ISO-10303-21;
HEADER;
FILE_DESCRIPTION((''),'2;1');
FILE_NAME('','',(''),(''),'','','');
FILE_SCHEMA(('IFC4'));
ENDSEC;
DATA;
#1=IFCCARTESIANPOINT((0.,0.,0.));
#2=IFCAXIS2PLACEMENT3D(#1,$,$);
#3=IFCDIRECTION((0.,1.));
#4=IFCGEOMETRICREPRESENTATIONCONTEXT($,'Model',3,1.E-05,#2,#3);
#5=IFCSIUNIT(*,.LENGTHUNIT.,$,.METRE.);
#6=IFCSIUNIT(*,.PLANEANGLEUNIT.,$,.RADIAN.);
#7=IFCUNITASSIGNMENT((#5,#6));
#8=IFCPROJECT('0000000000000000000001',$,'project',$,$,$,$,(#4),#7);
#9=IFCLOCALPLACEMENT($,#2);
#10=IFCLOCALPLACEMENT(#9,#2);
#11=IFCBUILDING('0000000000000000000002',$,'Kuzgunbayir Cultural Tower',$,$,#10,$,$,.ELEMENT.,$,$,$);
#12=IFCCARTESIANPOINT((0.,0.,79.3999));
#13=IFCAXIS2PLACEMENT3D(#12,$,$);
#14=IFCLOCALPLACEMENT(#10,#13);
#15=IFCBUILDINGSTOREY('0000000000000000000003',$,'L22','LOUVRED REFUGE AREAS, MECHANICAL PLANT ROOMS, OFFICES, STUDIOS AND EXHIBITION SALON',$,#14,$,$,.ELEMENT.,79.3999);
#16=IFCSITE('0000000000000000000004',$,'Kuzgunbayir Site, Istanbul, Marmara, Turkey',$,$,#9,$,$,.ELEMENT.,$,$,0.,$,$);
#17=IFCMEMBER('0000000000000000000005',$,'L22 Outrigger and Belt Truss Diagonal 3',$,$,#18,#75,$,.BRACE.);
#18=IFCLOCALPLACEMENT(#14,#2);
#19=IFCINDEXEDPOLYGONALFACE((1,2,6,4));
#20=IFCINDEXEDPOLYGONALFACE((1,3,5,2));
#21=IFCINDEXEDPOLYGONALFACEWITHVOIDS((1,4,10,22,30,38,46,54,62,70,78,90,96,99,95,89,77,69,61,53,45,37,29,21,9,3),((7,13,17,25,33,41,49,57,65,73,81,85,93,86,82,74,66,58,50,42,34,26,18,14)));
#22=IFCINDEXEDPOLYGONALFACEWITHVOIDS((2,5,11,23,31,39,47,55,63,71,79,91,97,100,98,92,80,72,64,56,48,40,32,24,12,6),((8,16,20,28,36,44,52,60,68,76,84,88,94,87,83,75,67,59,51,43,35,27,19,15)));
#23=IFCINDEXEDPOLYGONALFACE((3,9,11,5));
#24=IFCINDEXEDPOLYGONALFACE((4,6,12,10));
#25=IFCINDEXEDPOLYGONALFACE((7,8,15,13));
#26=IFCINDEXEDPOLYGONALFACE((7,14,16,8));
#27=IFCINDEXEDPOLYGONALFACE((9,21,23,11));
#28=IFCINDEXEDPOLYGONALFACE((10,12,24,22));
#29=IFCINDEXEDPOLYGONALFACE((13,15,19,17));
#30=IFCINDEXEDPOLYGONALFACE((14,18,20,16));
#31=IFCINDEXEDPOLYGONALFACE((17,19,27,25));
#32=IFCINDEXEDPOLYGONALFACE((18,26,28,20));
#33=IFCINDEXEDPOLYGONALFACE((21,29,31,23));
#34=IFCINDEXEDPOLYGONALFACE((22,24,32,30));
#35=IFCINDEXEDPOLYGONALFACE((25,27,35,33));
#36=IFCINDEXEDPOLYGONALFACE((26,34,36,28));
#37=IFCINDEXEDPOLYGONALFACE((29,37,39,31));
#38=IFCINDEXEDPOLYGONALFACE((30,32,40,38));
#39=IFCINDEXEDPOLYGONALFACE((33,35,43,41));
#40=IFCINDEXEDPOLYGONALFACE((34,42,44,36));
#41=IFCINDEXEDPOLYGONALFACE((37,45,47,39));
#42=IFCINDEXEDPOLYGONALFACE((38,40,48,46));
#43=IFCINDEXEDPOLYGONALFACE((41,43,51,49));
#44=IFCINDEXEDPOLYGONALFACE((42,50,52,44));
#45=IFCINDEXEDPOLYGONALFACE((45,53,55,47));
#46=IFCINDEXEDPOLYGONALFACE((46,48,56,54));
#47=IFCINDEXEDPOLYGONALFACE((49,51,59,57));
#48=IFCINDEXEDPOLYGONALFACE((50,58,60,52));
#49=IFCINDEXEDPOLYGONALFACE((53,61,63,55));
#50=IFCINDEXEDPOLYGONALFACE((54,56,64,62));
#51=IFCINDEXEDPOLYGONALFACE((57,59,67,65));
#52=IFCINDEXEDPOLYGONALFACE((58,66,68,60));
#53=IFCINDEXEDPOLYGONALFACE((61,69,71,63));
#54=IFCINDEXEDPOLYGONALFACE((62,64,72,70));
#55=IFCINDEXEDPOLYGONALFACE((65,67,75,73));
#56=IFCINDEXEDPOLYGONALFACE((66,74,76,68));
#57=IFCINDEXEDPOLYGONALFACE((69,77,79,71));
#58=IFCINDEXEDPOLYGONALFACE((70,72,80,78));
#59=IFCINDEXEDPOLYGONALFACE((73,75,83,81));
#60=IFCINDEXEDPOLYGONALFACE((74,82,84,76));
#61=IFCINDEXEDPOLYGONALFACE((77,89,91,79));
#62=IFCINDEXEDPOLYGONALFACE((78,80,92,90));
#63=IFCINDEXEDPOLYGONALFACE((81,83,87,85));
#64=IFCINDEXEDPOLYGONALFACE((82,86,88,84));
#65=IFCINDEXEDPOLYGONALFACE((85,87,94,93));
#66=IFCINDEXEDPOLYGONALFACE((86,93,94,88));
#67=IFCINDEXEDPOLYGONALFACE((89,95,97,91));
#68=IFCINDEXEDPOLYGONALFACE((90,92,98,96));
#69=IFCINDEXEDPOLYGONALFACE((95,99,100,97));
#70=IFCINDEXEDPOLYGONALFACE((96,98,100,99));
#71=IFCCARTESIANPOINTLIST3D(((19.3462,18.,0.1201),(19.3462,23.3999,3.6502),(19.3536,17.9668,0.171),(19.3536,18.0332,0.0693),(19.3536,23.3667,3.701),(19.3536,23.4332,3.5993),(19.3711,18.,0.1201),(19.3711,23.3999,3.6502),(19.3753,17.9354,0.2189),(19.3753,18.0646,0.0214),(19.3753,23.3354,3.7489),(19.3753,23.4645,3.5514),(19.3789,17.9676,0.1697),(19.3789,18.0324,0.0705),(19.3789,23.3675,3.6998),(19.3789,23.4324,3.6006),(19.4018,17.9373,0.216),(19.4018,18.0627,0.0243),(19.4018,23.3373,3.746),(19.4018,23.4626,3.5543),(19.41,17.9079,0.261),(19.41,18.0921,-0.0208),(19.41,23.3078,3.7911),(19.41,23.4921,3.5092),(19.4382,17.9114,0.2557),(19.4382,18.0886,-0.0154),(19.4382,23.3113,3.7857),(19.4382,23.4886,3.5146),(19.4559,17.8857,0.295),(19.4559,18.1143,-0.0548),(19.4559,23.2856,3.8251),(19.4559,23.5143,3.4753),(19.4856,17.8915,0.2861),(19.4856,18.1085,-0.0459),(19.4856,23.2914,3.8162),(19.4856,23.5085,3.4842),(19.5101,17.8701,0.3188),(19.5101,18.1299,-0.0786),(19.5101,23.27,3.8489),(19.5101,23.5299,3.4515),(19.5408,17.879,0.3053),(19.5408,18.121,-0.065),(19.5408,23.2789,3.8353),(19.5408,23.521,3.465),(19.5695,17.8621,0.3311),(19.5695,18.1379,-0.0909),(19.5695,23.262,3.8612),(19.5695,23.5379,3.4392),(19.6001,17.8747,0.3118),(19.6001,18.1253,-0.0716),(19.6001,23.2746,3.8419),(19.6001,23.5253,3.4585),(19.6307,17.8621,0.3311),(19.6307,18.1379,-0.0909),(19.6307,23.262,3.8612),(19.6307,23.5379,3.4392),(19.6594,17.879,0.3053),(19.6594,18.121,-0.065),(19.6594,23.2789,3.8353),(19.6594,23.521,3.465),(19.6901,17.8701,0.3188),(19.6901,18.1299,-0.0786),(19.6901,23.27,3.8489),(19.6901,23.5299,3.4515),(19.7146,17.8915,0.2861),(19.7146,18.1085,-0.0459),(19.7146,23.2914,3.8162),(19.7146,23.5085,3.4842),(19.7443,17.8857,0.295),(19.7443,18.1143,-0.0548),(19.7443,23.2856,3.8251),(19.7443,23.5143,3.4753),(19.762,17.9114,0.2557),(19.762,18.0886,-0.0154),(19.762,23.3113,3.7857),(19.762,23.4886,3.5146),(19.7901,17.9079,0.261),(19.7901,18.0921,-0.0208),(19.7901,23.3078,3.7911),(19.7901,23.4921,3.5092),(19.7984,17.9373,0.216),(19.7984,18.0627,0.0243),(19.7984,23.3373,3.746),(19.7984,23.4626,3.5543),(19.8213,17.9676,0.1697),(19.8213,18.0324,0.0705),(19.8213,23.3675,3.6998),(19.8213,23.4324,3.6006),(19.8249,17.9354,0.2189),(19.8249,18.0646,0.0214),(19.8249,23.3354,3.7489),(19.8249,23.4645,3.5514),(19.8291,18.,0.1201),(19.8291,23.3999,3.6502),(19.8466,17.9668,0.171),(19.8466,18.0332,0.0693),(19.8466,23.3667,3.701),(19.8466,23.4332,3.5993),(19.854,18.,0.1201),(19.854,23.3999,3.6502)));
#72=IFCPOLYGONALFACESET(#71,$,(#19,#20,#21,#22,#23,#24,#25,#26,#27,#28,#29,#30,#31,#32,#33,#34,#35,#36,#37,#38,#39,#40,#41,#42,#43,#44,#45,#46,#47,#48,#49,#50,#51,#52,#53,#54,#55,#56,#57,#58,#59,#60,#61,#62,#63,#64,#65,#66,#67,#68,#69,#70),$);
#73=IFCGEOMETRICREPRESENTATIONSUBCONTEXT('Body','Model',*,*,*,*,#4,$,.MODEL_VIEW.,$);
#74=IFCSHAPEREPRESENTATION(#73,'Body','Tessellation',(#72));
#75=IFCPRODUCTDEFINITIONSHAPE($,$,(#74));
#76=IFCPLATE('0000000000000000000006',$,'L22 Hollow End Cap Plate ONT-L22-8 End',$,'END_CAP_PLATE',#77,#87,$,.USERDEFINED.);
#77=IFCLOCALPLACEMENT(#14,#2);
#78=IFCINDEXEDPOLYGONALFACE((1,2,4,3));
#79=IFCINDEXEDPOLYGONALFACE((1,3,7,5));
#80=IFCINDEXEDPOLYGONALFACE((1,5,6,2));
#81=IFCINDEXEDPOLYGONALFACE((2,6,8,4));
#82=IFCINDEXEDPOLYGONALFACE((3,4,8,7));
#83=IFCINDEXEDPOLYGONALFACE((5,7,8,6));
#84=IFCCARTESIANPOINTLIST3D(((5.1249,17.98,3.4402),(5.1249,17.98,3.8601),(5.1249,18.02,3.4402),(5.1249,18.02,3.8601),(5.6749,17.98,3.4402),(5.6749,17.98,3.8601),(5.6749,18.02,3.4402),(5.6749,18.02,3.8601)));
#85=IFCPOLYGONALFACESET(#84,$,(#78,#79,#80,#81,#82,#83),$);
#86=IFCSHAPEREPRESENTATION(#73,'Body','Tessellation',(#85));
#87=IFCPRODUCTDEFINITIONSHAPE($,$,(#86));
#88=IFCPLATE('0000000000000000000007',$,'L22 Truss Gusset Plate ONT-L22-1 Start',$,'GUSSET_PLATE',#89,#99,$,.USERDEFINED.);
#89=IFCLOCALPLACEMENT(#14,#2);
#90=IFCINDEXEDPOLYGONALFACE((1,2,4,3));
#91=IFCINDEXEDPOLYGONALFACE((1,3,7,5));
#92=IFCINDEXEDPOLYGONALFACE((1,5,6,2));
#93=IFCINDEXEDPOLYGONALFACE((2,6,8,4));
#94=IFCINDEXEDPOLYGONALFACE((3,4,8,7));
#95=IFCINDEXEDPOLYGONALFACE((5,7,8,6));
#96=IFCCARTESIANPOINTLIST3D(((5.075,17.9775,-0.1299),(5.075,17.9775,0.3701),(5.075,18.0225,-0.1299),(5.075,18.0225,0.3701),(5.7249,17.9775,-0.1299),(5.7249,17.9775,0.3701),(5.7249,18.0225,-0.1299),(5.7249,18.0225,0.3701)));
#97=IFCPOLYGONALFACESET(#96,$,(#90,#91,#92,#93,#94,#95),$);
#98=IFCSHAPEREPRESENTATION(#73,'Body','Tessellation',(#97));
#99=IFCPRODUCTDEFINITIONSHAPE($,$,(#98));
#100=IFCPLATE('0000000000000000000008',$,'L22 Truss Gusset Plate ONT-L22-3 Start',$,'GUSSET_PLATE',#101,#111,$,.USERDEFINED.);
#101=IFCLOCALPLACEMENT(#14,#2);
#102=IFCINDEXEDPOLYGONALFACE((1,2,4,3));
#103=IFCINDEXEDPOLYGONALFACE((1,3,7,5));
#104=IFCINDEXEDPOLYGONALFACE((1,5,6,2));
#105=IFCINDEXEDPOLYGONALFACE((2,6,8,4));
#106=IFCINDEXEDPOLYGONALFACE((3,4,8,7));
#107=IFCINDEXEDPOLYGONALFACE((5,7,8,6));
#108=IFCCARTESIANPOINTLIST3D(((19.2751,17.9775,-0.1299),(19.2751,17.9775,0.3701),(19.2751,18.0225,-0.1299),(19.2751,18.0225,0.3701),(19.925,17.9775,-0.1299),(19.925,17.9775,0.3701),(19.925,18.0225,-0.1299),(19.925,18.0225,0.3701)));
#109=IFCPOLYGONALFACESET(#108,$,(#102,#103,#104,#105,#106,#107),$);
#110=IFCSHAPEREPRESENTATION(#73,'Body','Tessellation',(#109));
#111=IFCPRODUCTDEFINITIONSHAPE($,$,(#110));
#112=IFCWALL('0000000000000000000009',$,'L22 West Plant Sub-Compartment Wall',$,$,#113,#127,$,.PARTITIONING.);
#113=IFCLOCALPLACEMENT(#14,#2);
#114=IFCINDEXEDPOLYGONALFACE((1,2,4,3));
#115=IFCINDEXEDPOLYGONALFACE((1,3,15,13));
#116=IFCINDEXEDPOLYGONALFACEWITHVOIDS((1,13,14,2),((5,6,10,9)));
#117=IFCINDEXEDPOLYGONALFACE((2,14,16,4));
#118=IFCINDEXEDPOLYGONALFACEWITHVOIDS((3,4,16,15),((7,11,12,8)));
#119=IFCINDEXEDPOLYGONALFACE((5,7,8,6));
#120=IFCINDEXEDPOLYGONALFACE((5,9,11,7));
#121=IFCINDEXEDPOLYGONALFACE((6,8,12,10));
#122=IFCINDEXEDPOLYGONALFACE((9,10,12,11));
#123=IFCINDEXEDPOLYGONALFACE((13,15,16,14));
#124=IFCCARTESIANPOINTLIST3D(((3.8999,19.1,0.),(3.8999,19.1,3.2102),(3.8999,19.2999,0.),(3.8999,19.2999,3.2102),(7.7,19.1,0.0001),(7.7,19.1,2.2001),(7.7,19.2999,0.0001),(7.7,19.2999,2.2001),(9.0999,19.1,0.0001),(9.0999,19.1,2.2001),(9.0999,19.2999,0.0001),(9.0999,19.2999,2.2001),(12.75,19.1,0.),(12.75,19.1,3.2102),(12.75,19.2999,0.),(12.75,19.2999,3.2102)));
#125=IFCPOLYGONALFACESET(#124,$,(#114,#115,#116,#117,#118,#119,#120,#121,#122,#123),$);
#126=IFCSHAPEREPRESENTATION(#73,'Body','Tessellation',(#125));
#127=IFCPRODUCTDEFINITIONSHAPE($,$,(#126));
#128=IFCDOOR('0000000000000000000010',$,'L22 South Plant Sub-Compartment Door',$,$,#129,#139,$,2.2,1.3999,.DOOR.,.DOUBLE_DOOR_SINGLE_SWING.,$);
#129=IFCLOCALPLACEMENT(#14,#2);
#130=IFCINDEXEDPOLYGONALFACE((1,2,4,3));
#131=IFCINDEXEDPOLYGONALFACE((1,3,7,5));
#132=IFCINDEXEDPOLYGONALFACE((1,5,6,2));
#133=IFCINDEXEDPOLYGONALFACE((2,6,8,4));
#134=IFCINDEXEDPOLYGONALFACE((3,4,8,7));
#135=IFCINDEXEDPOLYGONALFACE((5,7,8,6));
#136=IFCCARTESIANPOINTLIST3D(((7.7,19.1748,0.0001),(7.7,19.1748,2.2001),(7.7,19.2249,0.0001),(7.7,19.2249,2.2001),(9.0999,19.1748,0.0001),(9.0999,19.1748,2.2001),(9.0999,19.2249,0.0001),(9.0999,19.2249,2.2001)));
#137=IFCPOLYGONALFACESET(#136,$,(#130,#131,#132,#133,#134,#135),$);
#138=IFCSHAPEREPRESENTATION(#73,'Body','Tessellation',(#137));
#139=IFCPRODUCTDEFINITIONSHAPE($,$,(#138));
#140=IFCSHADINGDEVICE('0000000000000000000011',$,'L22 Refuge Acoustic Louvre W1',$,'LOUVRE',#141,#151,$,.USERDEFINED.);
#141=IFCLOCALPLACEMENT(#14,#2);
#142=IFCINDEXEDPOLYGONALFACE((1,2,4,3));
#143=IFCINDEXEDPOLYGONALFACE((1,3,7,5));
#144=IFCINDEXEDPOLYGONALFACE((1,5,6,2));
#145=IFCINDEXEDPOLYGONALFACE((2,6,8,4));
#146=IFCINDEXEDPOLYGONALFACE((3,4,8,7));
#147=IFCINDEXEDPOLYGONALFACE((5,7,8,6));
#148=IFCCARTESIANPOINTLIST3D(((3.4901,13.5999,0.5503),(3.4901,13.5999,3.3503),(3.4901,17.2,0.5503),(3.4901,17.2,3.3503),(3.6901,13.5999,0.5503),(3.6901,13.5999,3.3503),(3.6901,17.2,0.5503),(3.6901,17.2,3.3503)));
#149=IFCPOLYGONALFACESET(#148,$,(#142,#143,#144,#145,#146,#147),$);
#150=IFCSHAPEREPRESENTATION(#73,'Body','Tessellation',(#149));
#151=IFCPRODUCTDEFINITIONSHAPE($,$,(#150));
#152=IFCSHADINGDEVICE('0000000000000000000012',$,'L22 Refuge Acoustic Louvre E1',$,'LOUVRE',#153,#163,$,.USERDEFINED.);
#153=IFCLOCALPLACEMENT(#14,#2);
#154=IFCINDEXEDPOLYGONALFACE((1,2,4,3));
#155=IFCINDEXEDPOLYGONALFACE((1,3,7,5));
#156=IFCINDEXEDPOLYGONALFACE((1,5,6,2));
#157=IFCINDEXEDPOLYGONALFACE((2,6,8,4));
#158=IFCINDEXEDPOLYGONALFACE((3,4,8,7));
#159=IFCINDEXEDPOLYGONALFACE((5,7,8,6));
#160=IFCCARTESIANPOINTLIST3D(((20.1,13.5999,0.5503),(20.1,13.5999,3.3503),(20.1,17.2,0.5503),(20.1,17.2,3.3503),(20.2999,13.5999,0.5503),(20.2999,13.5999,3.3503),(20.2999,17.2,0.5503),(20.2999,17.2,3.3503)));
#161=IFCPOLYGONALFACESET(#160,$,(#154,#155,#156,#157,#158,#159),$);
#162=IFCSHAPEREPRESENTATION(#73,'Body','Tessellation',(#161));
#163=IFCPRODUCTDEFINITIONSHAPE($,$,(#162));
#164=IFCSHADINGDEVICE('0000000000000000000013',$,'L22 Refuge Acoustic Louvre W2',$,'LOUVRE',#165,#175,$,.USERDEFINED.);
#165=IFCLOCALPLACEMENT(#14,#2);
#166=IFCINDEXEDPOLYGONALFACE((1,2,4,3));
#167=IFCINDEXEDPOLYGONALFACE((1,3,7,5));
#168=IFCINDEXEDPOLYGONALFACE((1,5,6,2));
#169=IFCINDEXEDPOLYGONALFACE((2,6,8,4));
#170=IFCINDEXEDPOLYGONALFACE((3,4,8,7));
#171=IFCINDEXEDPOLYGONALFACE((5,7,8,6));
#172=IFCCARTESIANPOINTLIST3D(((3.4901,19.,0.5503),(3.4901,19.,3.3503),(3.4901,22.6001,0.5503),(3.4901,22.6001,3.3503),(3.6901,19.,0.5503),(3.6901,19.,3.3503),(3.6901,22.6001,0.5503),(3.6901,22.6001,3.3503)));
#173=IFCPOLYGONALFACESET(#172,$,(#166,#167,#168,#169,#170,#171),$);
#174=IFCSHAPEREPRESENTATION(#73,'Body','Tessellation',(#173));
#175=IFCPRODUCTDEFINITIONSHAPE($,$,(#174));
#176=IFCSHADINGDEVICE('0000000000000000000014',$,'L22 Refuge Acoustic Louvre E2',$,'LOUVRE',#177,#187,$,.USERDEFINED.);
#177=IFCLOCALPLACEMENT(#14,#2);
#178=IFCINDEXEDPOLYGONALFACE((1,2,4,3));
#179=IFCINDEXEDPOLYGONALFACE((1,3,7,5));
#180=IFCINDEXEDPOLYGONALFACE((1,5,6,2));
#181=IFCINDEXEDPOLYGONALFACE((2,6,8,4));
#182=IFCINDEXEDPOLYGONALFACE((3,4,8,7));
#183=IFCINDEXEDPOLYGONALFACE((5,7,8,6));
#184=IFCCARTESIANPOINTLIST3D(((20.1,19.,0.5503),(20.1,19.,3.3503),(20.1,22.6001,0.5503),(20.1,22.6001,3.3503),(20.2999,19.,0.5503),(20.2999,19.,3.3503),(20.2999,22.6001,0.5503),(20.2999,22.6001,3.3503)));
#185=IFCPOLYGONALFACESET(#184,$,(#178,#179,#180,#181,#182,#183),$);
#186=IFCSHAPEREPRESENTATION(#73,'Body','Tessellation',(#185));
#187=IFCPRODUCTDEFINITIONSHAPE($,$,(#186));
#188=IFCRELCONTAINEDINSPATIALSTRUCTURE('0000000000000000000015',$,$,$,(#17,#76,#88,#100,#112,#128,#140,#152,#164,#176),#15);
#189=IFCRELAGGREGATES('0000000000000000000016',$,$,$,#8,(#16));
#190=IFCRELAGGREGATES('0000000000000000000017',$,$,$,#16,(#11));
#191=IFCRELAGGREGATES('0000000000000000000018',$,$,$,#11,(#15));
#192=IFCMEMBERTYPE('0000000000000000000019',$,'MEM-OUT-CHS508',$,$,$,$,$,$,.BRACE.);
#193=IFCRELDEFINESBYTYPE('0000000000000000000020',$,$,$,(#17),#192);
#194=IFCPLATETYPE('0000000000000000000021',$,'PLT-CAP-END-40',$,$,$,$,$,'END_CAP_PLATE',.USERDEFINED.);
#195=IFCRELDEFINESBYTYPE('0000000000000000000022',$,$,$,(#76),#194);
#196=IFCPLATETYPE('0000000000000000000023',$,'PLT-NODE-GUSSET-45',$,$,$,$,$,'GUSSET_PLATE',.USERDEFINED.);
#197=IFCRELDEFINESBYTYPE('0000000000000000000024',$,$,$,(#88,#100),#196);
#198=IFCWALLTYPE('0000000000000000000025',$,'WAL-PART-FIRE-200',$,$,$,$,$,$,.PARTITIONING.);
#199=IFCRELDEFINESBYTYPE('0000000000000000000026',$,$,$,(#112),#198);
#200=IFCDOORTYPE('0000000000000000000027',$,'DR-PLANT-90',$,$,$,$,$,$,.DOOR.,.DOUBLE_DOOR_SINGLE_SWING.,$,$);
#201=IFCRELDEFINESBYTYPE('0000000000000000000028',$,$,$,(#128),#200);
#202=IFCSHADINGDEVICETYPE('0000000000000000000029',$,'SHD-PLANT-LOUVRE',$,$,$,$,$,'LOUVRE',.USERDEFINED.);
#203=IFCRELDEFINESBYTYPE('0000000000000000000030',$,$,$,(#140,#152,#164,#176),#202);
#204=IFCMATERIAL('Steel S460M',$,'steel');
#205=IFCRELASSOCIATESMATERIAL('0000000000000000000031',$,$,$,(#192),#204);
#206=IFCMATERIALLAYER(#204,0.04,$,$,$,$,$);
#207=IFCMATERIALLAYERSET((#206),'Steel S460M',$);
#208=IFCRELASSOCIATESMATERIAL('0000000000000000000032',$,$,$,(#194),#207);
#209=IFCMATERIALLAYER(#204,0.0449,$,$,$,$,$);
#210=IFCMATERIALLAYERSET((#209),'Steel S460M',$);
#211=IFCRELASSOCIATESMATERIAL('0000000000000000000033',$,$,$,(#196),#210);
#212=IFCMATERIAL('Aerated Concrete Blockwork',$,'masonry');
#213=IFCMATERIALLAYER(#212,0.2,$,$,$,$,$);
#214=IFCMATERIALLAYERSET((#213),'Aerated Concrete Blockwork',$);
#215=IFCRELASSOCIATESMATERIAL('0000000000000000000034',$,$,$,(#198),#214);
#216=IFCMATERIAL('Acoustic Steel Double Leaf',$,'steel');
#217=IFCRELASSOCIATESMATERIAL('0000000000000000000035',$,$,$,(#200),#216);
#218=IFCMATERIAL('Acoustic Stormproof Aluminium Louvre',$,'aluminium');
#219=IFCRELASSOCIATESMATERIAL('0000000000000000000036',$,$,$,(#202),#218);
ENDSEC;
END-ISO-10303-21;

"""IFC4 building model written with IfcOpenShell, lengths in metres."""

from ifc_helpers import new_model, si_unit, direction, frame, frame_2d, origin, origin_2d, place, context, subcontext, project, spatial, rectangle, hollow_circle, extrude, material, layer, layer_set, material_profile, profile_set, type_object, element, fill, save


model = new_model("IFC4")

# Units and contexts
model_context = context("Model", 3, precision=1e-05, world=origin(), true_north=direction((0.0, 1.0)))
body_context = subcontext(model_context, "Body", "Model", "MODEL_VIEW")
ifc_project = project(units=[si_unit("LENGTHUNIT", "METRE"), si_unit("PLANEANGLEUNIT", "RADIAN")], contexts=[model_context])

# Site, building, storey
site_placement = place(None, origin())
site = spatial("IfcSite", under=ifc_project, at=site_placement, Name="Kuzgunbayir Site, Istanbul, Marmara, Turkey", CompositionType="ELEMENT", RefElevation=0.0)
building_placement = place(site_placement, origin())
building = spatial("IfcBuilding", under=site, at=building_placement, Name="Kuzgunbayir Cultural Tower", CompositionType="ELEMENT")
storey_placement = place(building_placement, frame((0.0, 0.0, 79.3999)))
storey = spatial("IfcBuildingStorey", under=building, at=storey_placement, Name="L22", Description="LOUVRED REFUGE AREAS, MECHANICAL PLANT ROOMS, OFFICES, STUDIOS AND EXHIBITION SALON", CompositionType="ELEMENT", Elevation=79.3999)

# Member
ifc_material_1 = material(Name="Steel S460M", Category="steel")
ifc_material_profile_1 = material_profile(ifc_material_1, hollow_circle(Radius=0.2539, WallThickness=0.0249, at=origin_2d()), Name="CHS 508x25")
ifc_profile_set_1 = profile_set([ifc_material_profile_1], Name="Steel S460M")
member_type = type_object("IfcMemberType", Name="MEM-OUT-CHS508", PredefinedType="BRACE", material=ifc_profile_set_1)
for number, where, z_axis, x_axis, name in (
    (1, (19.6001, 18.0, 0.1201), (0.0, 0.837018, 0.547176), (-1.0, 0.0, 0.0), "L22 Outrigger and Belt Truss Diagonal 3"),
):
    element("IfcMember", number, at=place(storey_placement, frame(where, z_axis=z_axis, x_axis=x_axis)), inside=storey, type_object=member_type, Name=name, PredefinedType="BRACE", context=body_context, shape_type="SweptSolid", body=[
        extrude(hollow_circle(Radius=0.2539, WallThickness=0.0249, at=origin_2d()), origin(), (0.0, 0.0, 1.0), 6.4514),
    ])

# Plates
ifc_layer_1 = layer(ifc_material_1, 0.04)
ifc_layer_set_1 = layer_set([ifc_layer_1], Name="Steel S460M")
plate_type_1 = type_object("IfcPlateType", Name="PLT-CAP-END-40", ElementType="END_CAP_PLATE", PredefinedType="USERDEFINED", material=ifc_layer_set_1)
plate_placement = place(storey_placement, frame((5.3999, 18.0, 3.4402), z_axis=(0.0, 0.0, 1.0), x_axis=(1.0, 0.0, 0.0)))
element("IfcPlate", 2, at=plate_placement, inside=storey, type_object=plate_type_1, Name="L22 Hollow End Cap Plate ONT-L22-8 End", ObjectType="END_CAP_PLATE", PredefinedType="USERDEFINED", context=body_context, shape_type="SweptSolid", body=[
    extrude(rectangle(XDim=0.55, YDim=0.04, at=origin_2d()), origin(), (0.0, 0.0, 1.0), 0.4199),
])
ifc_layer_2 = layer(ifc_material_1, 0.0449)
ifc_layer_set_2 = layer_set([ifc_layer_2], Name="Steel S460M")
plate_type_2 = type_object("IfcPlateType", Name="PLT-NODE-GUSSET-45", ElementType="GUSSET_PLATE", PredefinedType="USERDEFINED", material=ifc_layer_set_2)
for number, where, z_axis, x_axis, name in (
    (3, (5.3999, 18.0, -0.1299), (0.0, 0.0, 1.0), (1.0, 0.0, 0.0), "L22 Truss Gusset Plate ONT-L22-1 Start"),
    (4, (19.6001, 18.0, -0.1299), (0.0, 0.0, 1.0), (1.0, 0.0, 0.0), "L22 Truss Gusset Plate ONT-L22-3 Start"),
):
    element("IfcPlate", number, at=place(storey_placement, frame(where, z_axis=z_axis, x_axis=x_axis)), inside=storey, type_object=plate_type_2, Name=name, ObjectType="GUSSET_PLATE", PredefinedType="USERDEFINED", context=body_context, shape_type="SweptSolid", body=[
        extrude(rectangle(XDim=0.6499, YDim=0.0449, at=origin_2d()), origin(), (0.0, 0.0, 1.0), 0.5),
    ])

# Wall, opening, door
ifc_material_2 = material(Name="Aerated Concrete Blockwork", Category="masonry")
ifc_layer_3 = layer(ifc_material_2, 0.2)
ifc_layer_set_3 = layer_set([ifc_layer_3], Name="Aerated Concrete Blockwork")
wall_type = type_object("IfcWallType", Name="WAL-PART-FIRE-200", PredefinedType="PARTITIONING", material=ifc_layer_set_3)
wall_placement = place(storey_placement, frame((3.8999, 19.2, 0.0), z_axis=(0.0, 0.0, 1.0), x_axis=(1.0, 0.0, 0.0)))
wall = element("IfcWall", 5, at=wall_placement, inside=storey, type_object=wall_type, Name="L22 West Plant Sub-Compartment Wall", PredefinedType="PARTITIONING", context=body_context, shape_type="SweptSolid", body=[
    extrude(rectangle(XDim=8.8501, YDim=0.2, at=frame_2d((4.425, 0.0))), origin(), (0.0, 0.0, 1.0), 3.2102),
])
opening_placement = place(wall_placement, frame((3.8, 0.0, 0.0)))
opening = element("IfcOpeningElement", 6, at=opening_placement, cuts=wall, PredefinedType="OPENING", context=body_context, shape_type="SweptSolid", body=[
    extrude(rectangle(XDim=1.3999, YDim=2.2, at=frame_2d((0.7, 1.1001))), frame((0.0, 0.1099, 0.0), z_axis=(0.0, -1.0, 0.0), x_axis=(1.0, 0.0, 0.0)), (0.0, 0.0, 1.0), 0.22),
])
ifc_material_3 = material(Name="Acoustic Steel Double Leaf", Category="steel")
door_type = type_object("IfcDoorType", Name="DR-PLANT-90", OperationType="DOUBLE_DOOR_SINGLE_SWING", PredefinedType="DOOR", material=ifc_material_3)
door_placement = place(opening_placement, origin())
door = element("IfcDoor", 7, at=door_placement, inside=storey, type_object=door_type, Name="L22 South Plant Sub-Compartment Door", OperationType="DOUBLE_DOOR_SINGLE_SWING", OverallHeight=2.2, OverallWidth=1.3999, PredefinedType="DOOR", context=body_context, shape_type="SweptSolid", body=[
    extrude(rectangle(XDim=1.3999, YDim=2.2, at=frame_2d((0.7, 1.1001))), frame((0.0, 0.0249, 0.0), z_axis=(0.0, -1.0, 0.0), x_axis=(1.0, 0.0, 0.0)), (0.0, 0.0, 1.0), 0.05),
])
fill(opening, door)

# Shading devices
ifc_material_4 = material(Name="Acoustic Stormproof Aluminium Louvre", Category="aluminium")
shading_device_type = type_object("IfcShadingDeviceType", Name="SHD-PLANT-LOUVRE", ElementType="LOUVRE", PredefinedType="USERDEFINED", material=ifc_material_4)
for number, where, z_axis, x_axis, name in (
    (8, (3.5901, 15.3999, 0.5503), (0.0, 0.0, 1.0), (1.0, 0.0, 0.0), "L22 Refuge Acoustic Louvre W1"),
    (9, (20.2, 15.3999, 0.5503), (0.0, 0.0, 1.0), (1.0, 0.0, 0.0), "L22 Refuge Acoustic Louvre E1"),
    (10, (3.5901, 20.8, 0.5503), (0.0, 0.0, 1.0), (1.0, 0.0, 0.0), "L22 Refuge Acoustic Louvre W2"),
    (11, (20.2, 20.8, 0.5503), (0.0, 0.0, 1.0), (1.0, 0.0, 0.0), "L22 Refuge Acoustic Louvre E2"),
):
    element("IfcShadingDevice", number, at=place(storey_placement, frame(where, z_axis=z_axis, x_axis=x_axis)), inside=storey, type_object=shading_device_type, Name=name, ObjectType="LOUVRE", PredefinedType="USERDEFINED", context=body_context, shape_type="SweptSolid", body=[
        extrude(rectangle(XDim=0.2, YDim=3.6001, at=origin_2d()), origin(), (0.0, 0.0, 1.0), 2.8),
    ])

save(model, "model.ifc")
